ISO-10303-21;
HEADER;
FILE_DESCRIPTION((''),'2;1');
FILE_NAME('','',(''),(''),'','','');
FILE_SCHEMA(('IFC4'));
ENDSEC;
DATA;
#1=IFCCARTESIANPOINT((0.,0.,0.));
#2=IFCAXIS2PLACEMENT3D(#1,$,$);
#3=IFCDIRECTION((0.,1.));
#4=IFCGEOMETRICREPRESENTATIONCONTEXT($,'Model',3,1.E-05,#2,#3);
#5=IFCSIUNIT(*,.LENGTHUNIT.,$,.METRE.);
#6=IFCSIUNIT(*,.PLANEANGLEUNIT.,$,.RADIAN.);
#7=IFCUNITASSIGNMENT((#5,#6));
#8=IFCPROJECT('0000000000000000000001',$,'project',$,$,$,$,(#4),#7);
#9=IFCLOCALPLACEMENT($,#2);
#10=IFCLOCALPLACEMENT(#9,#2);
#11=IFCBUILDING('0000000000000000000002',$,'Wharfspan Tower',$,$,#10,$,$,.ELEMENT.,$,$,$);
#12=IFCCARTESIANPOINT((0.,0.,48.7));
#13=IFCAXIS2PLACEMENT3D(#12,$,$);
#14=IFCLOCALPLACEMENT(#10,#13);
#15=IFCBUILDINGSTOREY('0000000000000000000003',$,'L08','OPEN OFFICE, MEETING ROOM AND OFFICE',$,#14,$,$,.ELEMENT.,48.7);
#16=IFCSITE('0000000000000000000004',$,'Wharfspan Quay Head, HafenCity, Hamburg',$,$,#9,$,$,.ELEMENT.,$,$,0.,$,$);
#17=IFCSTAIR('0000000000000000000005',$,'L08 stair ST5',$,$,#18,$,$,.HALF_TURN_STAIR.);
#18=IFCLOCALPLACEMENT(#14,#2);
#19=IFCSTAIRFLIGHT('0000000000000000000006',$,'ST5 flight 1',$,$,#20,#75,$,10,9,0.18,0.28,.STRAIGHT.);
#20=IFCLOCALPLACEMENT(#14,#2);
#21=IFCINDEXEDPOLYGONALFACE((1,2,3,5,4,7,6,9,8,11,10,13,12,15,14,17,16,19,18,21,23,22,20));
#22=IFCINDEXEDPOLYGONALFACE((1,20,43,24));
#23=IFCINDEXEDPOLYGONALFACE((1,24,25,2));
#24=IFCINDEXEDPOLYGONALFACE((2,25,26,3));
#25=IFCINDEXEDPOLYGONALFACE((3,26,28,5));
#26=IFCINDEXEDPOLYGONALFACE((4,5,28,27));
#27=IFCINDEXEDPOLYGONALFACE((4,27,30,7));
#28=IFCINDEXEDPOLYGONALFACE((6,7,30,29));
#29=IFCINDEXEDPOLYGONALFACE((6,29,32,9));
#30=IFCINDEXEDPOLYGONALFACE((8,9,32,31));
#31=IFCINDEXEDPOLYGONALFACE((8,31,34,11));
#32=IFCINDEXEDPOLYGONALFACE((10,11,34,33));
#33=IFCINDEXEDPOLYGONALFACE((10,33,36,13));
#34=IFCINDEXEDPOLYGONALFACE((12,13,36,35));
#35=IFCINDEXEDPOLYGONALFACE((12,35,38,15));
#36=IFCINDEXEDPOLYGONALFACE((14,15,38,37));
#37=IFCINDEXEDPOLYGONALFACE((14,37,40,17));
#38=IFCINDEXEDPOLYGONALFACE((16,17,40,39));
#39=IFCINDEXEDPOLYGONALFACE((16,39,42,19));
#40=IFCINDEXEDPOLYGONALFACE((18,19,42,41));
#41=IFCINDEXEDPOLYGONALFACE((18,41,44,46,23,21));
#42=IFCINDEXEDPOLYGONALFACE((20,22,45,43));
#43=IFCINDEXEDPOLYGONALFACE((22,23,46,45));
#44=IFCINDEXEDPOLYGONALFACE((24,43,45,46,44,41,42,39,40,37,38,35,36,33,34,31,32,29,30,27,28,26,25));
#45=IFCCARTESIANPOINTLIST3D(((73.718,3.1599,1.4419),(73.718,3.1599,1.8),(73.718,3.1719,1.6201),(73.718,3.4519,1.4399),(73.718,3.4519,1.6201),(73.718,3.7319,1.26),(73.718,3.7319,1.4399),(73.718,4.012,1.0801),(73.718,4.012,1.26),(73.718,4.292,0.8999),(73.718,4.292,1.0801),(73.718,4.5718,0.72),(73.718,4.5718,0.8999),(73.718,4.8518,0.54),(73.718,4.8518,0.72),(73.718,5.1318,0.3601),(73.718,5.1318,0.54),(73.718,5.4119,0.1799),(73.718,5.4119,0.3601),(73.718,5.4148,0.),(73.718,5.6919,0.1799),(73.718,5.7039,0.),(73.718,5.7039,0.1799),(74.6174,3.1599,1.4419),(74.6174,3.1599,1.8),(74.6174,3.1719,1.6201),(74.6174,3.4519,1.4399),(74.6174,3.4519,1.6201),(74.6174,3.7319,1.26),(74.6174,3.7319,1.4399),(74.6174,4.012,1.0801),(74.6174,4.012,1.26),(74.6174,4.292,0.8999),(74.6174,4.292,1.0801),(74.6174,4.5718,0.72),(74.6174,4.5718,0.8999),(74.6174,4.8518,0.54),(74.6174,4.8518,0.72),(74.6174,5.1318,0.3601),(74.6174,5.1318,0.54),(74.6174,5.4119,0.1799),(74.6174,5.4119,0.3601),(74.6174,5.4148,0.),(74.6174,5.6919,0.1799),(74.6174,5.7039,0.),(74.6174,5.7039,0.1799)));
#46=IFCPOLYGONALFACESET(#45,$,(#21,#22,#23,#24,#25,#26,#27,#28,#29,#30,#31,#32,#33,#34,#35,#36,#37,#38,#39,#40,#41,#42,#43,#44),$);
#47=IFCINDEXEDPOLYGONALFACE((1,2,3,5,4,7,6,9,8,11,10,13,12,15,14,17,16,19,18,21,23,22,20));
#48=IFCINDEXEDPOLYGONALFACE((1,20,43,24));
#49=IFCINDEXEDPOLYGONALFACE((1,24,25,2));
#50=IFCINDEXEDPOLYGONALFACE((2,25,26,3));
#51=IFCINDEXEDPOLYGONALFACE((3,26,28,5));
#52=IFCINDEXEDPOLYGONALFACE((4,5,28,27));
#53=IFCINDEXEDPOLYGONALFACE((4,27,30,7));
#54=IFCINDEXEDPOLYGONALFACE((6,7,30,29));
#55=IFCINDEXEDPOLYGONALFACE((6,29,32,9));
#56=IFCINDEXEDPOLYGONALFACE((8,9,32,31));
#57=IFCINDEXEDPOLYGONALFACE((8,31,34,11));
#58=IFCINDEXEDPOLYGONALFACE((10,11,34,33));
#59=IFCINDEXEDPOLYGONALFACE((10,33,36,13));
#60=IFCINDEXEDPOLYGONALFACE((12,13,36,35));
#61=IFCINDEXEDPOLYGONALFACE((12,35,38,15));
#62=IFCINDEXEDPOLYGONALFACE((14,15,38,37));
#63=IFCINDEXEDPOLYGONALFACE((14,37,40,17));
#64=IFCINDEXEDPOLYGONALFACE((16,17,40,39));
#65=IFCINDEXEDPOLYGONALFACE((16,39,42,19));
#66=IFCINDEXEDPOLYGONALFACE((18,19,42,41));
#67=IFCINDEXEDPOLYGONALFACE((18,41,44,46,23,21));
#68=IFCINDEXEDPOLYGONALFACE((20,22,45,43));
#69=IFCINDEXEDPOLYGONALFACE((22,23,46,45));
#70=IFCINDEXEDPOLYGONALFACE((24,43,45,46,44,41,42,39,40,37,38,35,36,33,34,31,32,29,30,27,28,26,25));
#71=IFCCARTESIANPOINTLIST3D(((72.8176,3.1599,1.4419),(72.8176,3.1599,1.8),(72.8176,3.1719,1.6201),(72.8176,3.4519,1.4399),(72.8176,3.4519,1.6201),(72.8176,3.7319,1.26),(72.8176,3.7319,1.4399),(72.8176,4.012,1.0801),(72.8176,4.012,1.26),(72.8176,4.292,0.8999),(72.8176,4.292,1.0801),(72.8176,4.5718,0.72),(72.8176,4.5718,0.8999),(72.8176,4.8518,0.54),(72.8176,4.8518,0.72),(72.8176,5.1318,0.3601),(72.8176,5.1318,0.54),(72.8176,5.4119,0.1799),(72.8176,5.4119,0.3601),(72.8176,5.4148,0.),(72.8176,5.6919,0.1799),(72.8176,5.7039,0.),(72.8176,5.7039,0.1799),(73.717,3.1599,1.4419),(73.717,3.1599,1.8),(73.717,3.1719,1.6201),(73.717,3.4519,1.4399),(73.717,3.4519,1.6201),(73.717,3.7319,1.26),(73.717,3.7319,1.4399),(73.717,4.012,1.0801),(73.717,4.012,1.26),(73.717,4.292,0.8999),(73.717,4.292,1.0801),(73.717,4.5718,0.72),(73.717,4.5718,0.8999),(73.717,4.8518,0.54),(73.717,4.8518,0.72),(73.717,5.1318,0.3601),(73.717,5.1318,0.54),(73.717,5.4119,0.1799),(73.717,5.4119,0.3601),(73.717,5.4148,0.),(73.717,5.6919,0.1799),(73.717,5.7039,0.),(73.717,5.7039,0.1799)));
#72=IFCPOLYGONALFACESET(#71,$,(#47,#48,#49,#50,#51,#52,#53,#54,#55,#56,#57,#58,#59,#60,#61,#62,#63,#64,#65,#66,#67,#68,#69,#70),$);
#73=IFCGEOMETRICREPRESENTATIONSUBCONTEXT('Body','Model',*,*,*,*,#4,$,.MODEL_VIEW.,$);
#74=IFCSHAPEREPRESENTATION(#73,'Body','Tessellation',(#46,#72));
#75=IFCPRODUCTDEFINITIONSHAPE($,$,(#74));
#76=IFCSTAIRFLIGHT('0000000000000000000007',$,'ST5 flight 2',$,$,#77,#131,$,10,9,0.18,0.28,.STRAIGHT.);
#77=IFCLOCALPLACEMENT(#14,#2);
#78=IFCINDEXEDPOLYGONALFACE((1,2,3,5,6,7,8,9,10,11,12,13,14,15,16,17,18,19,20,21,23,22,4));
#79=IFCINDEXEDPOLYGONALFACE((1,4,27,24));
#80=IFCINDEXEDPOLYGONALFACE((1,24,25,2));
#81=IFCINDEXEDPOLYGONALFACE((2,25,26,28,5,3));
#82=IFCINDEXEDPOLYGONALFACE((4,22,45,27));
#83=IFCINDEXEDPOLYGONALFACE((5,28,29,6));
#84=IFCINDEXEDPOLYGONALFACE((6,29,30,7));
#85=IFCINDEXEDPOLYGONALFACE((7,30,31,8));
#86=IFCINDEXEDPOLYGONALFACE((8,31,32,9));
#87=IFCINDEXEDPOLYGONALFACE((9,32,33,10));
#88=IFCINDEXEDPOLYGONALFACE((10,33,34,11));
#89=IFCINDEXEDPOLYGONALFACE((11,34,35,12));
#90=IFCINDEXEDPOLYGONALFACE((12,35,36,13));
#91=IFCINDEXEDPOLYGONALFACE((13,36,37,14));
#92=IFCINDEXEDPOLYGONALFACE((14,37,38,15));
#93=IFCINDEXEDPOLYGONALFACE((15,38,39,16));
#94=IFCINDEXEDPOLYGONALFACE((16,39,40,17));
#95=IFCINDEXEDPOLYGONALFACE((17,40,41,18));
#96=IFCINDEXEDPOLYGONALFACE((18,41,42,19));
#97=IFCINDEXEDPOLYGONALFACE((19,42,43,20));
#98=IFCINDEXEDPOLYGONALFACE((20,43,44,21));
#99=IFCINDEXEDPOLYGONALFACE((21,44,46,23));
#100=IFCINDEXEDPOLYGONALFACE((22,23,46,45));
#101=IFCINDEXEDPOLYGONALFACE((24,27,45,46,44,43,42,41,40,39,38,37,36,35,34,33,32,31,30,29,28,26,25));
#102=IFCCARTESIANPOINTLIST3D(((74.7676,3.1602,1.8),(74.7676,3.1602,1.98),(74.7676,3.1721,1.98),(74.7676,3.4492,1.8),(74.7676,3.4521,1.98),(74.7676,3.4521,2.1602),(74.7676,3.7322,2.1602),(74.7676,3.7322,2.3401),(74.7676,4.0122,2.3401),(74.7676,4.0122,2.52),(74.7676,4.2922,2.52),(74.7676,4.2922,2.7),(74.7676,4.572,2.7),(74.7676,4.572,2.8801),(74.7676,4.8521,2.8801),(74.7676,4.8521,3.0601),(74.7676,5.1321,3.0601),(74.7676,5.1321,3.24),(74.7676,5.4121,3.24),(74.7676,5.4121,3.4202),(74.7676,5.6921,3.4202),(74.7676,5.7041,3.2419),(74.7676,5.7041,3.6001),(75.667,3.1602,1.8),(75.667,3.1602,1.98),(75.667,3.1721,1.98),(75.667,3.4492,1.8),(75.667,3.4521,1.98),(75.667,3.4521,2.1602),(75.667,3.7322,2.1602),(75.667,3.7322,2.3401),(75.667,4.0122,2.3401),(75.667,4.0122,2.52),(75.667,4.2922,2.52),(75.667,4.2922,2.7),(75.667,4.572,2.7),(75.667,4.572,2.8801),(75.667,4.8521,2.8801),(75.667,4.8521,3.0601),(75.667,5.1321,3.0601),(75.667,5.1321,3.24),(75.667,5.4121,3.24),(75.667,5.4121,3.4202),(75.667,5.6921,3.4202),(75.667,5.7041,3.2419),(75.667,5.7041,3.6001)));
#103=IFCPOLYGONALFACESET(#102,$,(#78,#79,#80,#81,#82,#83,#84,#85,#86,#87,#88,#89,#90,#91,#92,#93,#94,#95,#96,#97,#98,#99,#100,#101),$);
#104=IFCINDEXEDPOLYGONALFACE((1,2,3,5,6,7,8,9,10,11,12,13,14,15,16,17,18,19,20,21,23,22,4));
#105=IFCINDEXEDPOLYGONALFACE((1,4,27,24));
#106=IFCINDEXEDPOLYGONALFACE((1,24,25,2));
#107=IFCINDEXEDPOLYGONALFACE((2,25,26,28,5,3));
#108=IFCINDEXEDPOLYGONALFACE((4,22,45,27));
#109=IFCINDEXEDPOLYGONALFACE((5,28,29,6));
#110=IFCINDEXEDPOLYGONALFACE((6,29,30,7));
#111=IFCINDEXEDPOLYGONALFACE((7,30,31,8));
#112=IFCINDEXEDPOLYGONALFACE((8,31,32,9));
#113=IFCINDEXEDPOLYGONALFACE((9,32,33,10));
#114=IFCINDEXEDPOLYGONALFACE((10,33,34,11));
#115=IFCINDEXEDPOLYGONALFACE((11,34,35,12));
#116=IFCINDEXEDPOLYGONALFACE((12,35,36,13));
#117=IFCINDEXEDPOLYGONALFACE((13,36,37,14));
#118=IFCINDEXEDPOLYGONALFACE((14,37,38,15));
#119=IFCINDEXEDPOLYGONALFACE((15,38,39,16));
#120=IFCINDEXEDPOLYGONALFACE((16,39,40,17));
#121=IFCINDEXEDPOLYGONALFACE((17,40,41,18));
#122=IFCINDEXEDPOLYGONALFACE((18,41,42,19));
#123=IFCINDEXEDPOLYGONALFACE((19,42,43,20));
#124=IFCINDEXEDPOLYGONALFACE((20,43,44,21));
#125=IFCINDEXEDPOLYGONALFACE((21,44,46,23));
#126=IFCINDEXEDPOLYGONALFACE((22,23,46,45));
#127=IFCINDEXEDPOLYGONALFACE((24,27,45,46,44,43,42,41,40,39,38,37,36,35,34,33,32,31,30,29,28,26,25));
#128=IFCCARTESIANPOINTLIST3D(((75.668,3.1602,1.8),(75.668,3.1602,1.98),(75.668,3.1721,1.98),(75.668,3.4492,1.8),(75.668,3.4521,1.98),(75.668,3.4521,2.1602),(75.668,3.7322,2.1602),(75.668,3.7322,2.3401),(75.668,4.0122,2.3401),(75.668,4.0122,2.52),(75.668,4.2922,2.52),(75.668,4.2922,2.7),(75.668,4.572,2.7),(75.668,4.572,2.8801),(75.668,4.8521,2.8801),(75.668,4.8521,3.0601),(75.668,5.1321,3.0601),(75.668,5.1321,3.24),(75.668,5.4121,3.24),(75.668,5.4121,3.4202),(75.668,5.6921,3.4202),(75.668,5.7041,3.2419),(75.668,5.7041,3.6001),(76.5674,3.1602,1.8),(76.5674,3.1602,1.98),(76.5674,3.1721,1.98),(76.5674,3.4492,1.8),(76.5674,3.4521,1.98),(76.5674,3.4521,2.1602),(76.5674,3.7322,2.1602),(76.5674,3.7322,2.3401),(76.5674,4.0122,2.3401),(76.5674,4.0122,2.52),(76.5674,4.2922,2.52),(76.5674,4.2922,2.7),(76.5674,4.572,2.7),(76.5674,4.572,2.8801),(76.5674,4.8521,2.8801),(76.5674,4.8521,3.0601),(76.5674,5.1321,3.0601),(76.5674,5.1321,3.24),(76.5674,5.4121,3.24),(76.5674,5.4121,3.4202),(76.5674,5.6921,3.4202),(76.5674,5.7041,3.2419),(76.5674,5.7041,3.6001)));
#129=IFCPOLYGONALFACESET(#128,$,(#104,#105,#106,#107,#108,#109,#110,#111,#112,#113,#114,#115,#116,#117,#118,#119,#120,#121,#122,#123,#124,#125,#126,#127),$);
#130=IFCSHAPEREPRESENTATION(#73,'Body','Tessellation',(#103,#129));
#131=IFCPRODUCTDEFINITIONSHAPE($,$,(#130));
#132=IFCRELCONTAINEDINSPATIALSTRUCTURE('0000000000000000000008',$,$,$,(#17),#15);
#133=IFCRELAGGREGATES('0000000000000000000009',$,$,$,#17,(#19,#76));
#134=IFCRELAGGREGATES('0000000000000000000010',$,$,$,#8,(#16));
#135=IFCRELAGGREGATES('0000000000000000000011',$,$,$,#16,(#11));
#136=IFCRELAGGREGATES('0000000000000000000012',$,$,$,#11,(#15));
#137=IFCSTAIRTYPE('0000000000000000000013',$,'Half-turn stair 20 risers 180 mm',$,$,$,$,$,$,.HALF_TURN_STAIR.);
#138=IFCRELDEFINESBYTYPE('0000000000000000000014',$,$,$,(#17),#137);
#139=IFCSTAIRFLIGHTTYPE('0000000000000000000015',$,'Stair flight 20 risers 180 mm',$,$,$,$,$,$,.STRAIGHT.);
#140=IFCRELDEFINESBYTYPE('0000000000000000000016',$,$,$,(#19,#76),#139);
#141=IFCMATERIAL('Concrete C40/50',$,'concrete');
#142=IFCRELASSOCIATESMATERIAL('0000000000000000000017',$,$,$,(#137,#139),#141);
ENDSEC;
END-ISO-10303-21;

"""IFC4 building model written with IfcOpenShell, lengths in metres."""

from ifc_helpers import new_model, si_unit, direction, frame, origin, place, context, subcontext, project, spatial, polyline, outline, extrude, material, type_object, element, aggregate, save


model = new_model("IFC4")

# Units and contexts
model_context = context("Model", 3, precision=1e-05, world=origin(), true_north=direction((0.0, 1.0)))
body_context = subcontext(model_context, "Body", "Model", "MODEL_VIEW")
ifc_project = project(units=[si_unit("LENGTHUNIT", "METRE"), si_unit("PLANEANGLEUNIT", "RADIAN")], contexts=[model_context])

# Site, building, storey
site_placement = place(None, origin())
site = spatial("IfcSite", under=ifc_project, at=site_placement, Name="Wharfspan Quay Head, HafenCity, Hamburg", CompositionType="ELEMENT", RefElevation=0.0)
building_placement = place(site_placement, origin())
building = spatial("IfcBuilding", under=site, at=building_placement, Name="Wharfspan Tower", CompositionType="ELEMENT")
storey_placement = place(building_placement, frame((0.0, 0.0, 48.7)))
storey = spatial("IfcBuildingStorey", under=building, at=storey_placement, Name="L08", Description="OPEN OFFICE, MEETING ROOM AND OFFICE", CompositionType="ELEMENT", Elevation=48.7)

# Shared definitions
ifc_material_1 = material(Name="Concrete C40/50", Category="concrete")

# Stair, stair flights
stair_type = type_object("IfcStairType", Name="Half-turn stair 20 risers 180 mm", PredefinedType="HALF_TURN_STAIR", material=ifc_material_1)
stair_placement = place(storey_placement, origin())
stair = element("IfcStair", 1, at=stair_placement, inside=storey, type_object=stair_type, Name="L08 stair ST5", PredefinedType="HALF_TURN_STAIR")
stair_flight_type = type_object("IfcStairFlightType", Name="Stair flight 20 risers 180 mm", PredefinedType="STRAIGHT", material=ifc_material_1)
stair_flight_1_placement = place(storey_placement, frame((73.7175, 5.6919, 0.0), z_axis=(0.0, 0.0, 1.0), x_axis=(0.0, -1.0, 0.0)))
stair_flight_1 = element("IfcStairFlight", 2, at=stair_flight_1_placement, type_object=stair_flight_type, Name="ST5 flight 1", NumberOfRisers=10, NumberOfTreads=9, PredefinedType="STRAIGHT", RiserHeight=0.18, TreadLength=0.28, context=body_context, shape_type="SweptSolid", body=[
    extrude(outline(polyline([(-0.012, 0.0), (-0.012, 0.1799), (0.0, 0.1799), (0.28, 0.1799), (0.28, 0.3601), (0.5601, 0.3601), (0.5601, 0.54), (0.8401, 0.54), (0.8401, 0.72), (1.1201, 0.72), (1.1201, 0.8999), (1.3999, 0.8999), (1.3999, 1.0801), (1.6799, 1.0801), (1.6799, 1.26), (1.96, 1.26), (1.96, 1.4399), (2.24, 1.4399), (2.24, 1.6201), (2.52, 1.6201), (2.532, 1.8), (2.532, 1.4419), (0.2771, 0.0), (-0.012, 0.0)])), frame((0.0, 0.8999, 0.0), z_axis=(0.0, -1.0, 0.0), x_axis=(1.0, 0.0, 0.0)), (0.0, 0.0, 1.0), 0.8994),
    extrude(outline(polyline([(-0.012, 0.0), (-0.012, 0.1799), (0.0, 0.1799), (0.28, 0.1799), (0.28, 0.3601), (0.5601, 0.3601), (0.5601, 0.54), (0.8401, 0.54), (0.8401, 0.72), (1.1201, 0.72), (1.1201, 0.8999), (1.3999, 0.8999), (1.3999, 1.0801), (1.6799, 1.0801), (1.6799, 1.26), (1.96, 1.26), (1.96, 1.4399), (2.24, 1.4399), (2.24, 1.6201), (2.52, 1.6201), (2.532, 1.8), (2.532, 1.4419), (0.2771, 0.0), (-0.012, 0.0)])), frame((0.0, -0.0005, 0.0), z_axis=(0.0, -1.0, 0.0), x_axis=(1.0, 0.0, 0.0)), (0.0, 0.0, 1.0), 0.8994),
])
stair_flight_2_placement = place(storey_placement, frame((75.6675, 3.1721, 1.8), z_axis=(0.0, 0.0, 1.0), x_axis=(0.0, 1.0, 0.0)))
stair_flight_2 = element("IfcStairFlight", 3, at=stair_flight_2_placement, type_object=stair_flight_type, Name="ST5 flight 2", NumberOfRisers=10, NumberOfTreads=9, PredefinedType="STRAIGHT", RiserHeight=0.18, TreadLength=0.28, context=body_context, shape_type="SweptSolid", body=[
    extrude(outline(polyline([(-0.012, 0.0), (-0.012, 0.1799), (0.0, 0.1799), (0.28, 0.1799), (0.28, 0.3601), (0.5601, 0.3601), (0.5601, 0.54), (0.8401, 0.54), (0.8401, 0.72), (1.1201, 0.72), (1.1201, 0.8999), (1.3999, 0.8999), (1.3999, 1.0801), (1.6799, 1.0801), (1.6799, 1.26), (1.96, 1.26), (1.96, 1.4399), (2.24, 1.4399), (2.24, 1.6201), (2.52, 1.6201), (2.532, 1.8), (2.532, 1.4419), (0.2771, 0.0), (-0.012, 0.0)])), frame((0.0, 0.8999, 0.0), z_axis=(0.0, -1.0, 0.0), x_axis=(1.0, 0.0, 0.0)), (0.0, 0.0, 1.0), 0.8994),
    extrude(outline(polyline([(-0.012, 0.0), (-0.012, 0.1799), (0.0, 0.1799), (0.28, 0.1799), (0.28, 0.3601), (0.5601, 0.3601), (0.5601, 0.54), (0.8401, 0.54), (0.8401, 0.72), (1.1201, 0.72), (1.1201, 0.8999), (1.3999, 0.8999), (1.3999, 1.0801), (1.6799, 1.0801), (1.6799, 1.26), (1.96, 1.26), (1.96, 1.4399), (2.24, 1.4399), (2.24, 1.6201), (2.52, 1.6201), (2.532, 1.8), (2.532, 1.4419), (0.2771, 0.0), (-0.012, 0.0)])), frame((0.0, -0.0005, 0.0), z_axis=(0.0, -1.0, 0.0), x_axis=(1.0, 0.0, 0.0)), (0.0, 0.0, 1.0), 0.8994),
])
aggregate(stair, [stair_flight_1, stair_flight_2])

save(model, "model.ifc")
